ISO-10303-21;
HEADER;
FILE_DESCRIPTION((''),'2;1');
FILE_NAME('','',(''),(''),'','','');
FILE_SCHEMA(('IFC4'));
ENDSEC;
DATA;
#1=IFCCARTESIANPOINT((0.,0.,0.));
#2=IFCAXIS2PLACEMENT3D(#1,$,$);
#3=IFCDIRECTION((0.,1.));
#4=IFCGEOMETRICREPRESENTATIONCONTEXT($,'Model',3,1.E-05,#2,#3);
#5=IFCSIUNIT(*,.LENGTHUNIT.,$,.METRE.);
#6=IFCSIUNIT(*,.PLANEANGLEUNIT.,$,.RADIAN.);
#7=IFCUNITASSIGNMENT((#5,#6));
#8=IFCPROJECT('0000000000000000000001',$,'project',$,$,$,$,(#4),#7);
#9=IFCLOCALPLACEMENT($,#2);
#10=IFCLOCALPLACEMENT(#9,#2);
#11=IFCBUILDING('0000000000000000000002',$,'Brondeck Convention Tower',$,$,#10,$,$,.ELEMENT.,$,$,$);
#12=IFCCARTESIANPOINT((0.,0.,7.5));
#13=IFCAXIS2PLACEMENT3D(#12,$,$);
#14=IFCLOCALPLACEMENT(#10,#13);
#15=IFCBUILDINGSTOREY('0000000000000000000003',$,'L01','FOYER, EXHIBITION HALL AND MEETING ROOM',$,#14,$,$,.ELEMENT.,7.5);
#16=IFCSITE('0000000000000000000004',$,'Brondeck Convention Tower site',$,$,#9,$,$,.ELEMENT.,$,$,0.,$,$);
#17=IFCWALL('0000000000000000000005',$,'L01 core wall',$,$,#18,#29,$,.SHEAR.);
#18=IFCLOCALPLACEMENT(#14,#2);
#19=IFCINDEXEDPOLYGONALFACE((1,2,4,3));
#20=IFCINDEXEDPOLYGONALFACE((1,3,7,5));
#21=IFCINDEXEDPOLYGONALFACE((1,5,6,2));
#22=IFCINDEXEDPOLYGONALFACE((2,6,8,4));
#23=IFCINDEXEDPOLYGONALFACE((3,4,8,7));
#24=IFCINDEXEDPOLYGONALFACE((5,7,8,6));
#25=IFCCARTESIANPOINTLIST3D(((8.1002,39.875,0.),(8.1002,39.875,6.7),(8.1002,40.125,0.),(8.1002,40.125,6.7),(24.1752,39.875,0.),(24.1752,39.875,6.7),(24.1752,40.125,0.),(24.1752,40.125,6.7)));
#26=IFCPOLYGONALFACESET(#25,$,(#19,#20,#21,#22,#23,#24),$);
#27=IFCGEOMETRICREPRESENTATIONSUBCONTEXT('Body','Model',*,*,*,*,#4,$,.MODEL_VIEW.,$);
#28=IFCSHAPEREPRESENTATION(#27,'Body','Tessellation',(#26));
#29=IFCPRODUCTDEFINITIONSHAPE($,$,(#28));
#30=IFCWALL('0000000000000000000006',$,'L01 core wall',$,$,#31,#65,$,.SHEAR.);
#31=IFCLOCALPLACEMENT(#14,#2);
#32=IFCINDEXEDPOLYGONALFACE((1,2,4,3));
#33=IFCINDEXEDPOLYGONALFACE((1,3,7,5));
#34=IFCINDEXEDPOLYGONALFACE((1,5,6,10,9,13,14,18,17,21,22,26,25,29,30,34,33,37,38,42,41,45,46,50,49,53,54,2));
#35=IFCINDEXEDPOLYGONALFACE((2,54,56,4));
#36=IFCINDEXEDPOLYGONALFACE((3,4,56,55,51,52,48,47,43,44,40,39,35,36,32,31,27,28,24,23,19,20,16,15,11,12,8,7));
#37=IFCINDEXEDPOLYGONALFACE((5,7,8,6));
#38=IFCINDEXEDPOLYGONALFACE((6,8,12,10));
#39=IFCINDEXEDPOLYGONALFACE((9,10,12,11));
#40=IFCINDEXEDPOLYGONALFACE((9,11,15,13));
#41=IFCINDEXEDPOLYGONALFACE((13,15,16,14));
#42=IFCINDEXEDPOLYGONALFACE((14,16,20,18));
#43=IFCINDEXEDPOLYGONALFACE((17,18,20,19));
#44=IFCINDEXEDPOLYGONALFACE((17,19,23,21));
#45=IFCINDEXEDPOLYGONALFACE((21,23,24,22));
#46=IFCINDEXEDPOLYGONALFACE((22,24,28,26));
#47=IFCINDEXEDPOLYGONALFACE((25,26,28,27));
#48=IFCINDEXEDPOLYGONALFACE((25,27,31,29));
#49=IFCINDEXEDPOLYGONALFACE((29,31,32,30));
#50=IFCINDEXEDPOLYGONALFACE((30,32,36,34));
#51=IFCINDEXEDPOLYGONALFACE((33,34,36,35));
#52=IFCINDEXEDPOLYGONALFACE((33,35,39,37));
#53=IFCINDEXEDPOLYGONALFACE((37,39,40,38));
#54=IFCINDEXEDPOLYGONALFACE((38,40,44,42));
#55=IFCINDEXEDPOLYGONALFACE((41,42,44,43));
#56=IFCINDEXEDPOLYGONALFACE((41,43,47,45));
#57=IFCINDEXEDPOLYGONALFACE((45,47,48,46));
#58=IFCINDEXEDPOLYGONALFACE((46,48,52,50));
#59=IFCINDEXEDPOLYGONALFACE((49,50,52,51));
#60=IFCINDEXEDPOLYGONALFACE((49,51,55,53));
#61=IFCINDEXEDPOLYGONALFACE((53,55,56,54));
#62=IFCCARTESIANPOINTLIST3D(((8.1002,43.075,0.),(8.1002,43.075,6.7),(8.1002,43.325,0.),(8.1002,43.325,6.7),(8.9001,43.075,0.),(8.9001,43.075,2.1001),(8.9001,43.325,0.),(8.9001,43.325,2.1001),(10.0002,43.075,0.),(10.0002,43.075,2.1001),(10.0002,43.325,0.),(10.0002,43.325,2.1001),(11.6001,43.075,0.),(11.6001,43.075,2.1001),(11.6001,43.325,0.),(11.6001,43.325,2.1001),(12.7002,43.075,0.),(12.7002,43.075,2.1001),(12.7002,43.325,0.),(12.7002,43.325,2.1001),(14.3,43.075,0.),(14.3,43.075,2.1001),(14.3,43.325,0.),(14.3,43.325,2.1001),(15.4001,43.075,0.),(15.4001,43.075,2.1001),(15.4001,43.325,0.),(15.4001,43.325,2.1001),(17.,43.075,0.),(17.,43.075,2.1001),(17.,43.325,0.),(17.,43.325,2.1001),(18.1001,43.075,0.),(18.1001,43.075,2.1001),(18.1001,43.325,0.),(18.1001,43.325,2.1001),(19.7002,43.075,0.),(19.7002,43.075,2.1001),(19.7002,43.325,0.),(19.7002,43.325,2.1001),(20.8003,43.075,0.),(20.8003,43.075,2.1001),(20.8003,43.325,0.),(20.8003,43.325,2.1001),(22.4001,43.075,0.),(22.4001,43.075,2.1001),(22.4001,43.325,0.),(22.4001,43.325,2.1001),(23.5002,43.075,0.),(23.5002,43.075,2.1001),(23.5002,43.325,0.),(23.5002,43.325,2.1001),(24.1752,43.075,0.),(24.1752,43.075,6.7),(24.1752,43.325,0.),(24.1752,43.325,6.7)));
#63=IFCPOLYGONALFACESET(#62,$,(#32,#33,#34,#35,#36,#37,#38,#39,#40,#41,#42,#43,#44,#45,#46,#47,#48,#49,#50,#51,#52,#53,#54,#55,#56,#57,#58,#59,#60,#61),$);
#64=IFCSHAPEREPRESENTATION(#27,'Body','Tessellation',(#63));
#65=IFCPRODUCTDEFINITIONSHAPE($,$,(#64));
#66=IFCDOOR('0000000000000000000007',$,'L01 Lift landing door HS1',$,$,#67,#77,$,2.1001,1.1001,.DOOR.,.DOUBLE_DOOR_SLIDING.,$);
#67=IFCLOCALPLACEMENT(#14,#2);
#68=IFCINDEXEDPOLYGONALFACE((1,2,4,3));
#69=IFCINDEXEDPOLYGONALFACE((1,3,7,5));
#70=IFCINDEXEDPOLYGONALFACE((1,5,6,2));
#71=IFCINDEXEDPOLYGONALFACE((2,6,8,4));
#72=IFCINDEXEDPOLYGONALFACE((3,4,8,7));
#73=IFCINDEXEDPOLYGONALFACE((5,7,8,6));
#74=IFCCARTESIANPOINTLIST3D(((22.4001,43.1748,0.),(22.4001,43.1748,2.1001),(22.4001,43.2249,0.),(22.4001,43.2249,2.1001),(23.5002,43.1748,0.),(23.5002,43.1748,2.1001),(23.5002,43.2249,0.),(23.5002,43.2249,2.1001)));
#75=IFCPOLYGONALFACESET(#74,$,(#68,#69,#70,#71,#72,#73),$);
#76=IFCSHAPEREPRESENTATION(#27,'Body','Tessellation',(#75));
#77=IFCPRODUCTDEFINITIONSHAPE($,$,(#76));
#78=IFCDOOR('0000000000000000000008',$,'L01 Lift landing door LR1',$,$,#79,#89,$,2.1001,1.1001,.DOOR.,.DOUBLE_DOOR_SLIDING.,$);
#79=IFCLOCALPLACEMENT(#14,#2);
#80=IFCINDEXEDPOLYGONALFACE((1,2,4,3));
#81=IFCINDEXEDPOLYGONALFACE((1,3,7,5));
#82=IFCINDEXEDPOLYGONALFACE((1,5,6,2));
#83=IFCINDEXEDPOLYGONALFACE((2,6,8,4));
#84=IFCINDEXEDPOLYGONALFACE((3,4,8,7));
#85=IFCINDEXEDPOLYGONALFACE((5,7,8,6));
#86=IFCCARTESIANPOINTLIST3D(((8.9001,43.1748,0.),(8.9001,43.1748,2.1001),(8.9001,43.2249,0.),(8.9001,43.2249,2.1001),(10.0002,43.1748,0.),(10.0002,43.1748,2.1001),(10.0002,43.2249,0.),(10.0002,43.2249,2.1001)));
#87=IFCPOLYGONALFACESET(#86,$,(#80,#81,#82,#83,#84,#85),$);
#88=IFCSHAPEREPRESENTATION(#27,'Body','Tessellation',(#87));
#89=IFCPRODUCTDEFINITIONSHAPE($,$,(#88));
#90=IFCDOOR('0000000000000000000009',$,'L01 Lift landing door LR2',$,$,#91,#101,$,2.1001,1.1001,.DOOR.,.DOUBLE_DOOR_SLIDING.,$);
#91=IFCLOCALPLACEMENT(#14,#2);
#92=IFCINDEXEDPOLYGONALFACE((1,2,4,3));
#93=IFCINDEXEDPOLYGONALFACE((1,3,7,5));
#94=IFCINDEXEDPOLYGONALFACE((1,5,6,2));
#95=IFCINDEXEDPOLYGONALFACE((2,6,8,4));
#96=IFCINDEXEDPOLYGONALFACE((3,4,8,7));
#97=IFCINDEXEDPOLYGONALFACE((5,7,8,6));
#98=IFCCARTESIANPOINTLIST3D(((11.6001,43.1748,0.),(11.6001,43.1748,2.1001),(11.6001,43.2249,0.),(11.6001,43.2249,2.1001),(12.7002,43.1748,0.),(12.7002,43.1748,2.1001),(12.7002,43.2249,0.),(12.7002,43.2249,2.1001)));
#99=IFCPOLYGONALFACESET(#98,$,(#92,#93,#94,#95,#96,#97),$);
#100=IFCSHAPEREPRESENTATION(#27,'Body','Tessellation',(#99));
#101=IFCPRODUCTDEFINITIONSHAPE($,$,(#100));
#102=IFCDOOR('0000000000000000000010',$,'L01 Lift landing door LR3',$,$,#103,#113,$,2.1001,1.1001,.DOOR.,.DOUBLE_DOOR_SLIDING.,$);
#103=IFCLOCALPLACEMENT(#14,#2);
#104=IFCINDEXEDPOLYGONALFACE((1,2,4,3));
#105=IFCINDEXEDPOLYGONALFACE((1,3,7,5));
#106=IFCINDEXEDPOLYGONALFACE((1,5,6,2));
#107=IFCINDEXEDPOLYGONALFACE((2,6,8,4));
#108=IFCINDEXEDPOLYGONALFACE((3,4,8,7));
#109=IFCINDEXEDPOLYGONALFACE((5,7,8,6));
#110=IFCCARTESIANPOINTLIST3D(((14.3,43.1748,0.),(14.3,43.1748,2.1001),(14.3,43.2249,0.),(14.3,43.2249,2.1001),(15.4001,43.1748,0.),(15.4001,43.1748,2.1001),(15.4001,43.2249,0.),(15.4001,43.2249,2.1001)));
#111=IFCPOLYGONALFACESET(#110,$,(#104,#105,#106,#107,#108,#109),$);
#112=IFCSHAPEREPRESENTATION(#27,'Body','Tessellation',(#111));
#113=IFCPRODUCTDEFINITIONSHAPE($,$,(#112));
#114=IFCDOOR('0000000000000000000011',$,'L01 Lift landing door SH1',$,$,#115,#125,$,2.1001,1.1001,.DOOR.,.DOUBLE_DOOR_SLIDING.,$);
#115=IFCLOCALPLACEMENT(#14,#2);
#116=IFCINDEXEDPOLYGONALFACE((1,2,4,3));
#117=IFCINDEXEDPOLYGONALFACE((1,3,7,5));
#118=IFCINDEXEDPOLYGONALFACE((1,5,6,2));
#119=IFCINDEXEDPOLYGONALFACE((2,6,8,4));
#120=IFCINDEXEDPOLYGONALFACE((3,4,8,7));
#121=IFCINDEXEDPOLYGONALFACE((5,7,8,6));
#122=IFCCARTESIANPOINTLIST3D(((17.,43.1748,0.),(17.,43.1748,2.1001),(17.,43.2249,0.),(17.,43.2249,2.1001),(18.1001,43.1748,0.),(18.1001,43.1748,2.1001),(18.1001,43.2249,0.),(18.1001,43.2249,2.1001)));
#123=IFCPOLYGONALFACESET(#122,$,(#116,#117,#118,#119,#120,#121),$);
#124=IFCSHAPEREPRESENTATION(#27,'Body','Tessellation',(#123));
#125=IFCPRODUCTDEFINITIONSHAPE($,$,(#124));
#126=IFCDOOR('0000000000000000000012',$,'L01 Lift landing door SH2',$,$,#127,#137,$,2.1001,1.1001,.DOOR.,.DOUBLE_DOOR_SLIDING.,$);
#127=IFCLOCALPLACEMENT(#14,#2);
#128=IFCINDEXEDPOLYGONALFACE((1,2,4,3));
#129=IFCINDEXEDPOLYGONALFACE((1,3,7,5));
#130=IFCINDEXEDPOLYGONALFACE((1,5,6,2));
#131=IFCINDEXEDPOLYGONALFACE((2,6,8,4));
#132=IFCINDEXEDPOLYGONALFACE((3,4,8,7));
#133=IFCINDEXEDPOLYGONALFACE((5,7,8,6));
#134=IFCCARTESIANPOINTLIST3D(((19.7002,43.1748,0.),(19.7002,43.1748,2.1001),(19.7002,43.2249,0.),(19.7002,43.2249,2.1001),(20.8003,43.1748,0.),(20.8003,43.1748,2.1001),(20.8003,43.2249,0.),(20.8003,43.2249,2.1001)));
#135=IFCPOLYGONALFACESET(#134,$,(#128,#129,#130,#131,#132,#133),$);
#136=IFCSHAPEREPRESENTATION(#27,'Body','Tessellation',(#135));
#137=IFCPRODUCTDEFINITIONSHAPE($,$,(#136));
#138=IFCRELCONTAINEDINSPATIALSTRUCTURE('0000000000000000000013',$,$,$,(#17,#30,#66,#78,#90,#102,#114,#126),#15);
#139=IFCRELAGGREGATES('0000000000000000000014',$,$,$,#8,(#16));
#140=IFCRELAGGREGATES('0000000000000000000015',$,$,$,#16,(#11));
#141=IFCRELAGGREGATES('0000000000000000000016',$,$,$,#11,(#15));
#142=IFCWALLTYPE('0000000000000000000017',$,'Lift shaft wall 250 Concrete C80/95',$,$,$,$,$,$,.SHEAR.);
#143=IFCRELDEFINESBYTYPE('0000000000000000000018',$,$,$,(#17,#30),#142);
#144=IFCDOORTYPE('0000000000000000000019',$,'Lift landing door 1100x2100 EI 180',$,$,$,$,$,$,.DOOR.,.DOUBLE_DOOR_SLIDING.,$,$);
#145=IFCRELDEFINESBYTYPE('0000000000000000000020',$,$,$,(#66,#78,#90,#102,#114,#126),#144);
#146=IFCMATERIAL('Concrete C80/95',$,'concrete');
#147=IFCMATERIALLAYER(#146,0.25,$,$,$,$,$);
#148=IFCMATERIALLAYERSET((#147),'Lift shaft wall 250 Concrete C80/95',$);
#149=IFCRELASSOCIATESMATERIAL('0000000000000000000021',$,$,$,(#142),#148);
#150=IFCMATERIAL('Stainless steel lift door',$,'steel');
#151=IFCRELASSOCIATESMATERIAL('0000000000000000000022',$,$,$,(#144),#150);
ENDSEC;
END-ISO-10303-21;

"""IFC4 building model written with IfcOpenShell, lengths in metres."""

from ifc_helpers import new_model, si_unit, direction, frame, frame_2d, origin, place, context, subcontext, project, spatial, rectangle, extrude, material, layer, layer_set, type_object, element, fill, save


model = new_model("IFC4")

# Units and contexts
model_context = context("Model", 3, precision=1e-05, world=origin(), true_north=direction((0.0, 1.0)))
body_context = subcontext(model_context, "Body", "Model", "MODEL_VIEW")
ifc_project = project(units=[si_unit("LENGTHUNIT", "METRE"), si_unit("PLANEANGLEUNIT", "RADIAN")], contexts=[model_context])

# Site, building, storey
site_placement = place(None, origin())
site = spatial("IfcSite", under=ifc_project, at=site_placement, Name="Brondeck Convention Tower site", CompositionType="ELEMENT", RefElevation=0.0)
building_placement = place(site_placement, origin())
building = spatial("IfcBuilding", under=site, at=building_placement, Name="Brondeck Convention Tower", CompositionType="ELEMENT")
storey_placement = place(building_placement, frame((0.0, 0.0, 7.5)))
storey = spatial("IfcBuildingStorey", under=building, at=storey_placement, Name="L01", Description="FOYER, EXHIBITION HALL AND MEETING ROOM", CompositionType="ELEMENT", Elevation=7.5)

# Wall
ifc_material_1 = material(Name="Concrete C80/95", Category="concrete")
ifc_layer_1 = layer(ifc_material_1, 0.25)
ifc_layer_set_1 = layer_set([ifc_layer_1], Name="Lift shaft wall 250 Concrete C80/95")
wall_type_1 = type_object("IfcWallType", Name="Lift shaft wall 250 Concrete C80/95", PredefinedType="SHEAR", material=ifc_layer_set_1)
wall_1_placement = place(storey_placement, frame((8.1001, 40.0, 0.0), z_axis=(0.0, 0.0, 1.0), x_axis=(1.0, 0.0, 0.0)))
element("IfcWall", 1, at=wall_1_placement, inside=storey, type_object=wall_type_1, Name="L01 core wall", PredefinedType="SHEAR", context=body_context, shape_type="SweptSolid", body=[
    extrude(rectangle(XDim=16.075, YDim=0.25, at=frame_2d((8.0376, 0.0))), origin(), (0.0, 0.0, 1.0), 6.7),
])

# Wall, openings, doors
wall_2_placement = place(storey_placement, frame((8.1001, 43.2, 0.0), z_axis=(0.0, 0.0, 1.0), x_axis=(1.0, 0.0, 0.0)))
wall_2 = element("IfcWall", 2, at=wall_2_placement, inside=storey, type_object=wall_type_1, Name="L01 core wall", PredefinedType="SHEAR", context=body_context, shape_type="SweptSolid", body=[
    extrude(rectangle(XDim=16.075, YDim=0.25, at=frame_2d((8.0376, 0.0))), origin(), (0.0, 0.0, 1.0), 6.7),
])
opening_1_placement = place(wall_2_placement, frame((14.3, 0.0, 0.0)))
opening_1 = element("IfcOpeningElement", 3, at=opening_1_placement, cuts=wall_2, PredefinedType="OPENING", context=body_context, shape_type="SweptSolid", body=[
    extrude(rectangle(XDim=1.1001, YDim=2.1001, at=frame_2d((0.55, 1.05))), frame((0.0, 0.135, 0.0), z_axis=(0.0, -1.0, 0.0), x_axis=(1.0, 0.0, 0.0)), (0.0, 0.0, 1.0), 0.27),
])
opening_2_placement = place(wall_2_placement, frame((0.8, 0.0, 0.0)))
opening_2 = element("IfcOpeningElement", 4, at=opening_2_placement, cuts=wall_2, PredefinedType="OPENING", context=body_context, shape_type="SweptSolid", body=[
    extrude(rectangle(XDim=1.1001, YDim=2.1001, at=frame_2d((0.55, 1.05))), frame((0.0, 0.135, 0.0), z_axis=(0.0, -1.0, 0.0), x_axis=(1.0, 0.0, 0.0)), (0.0, 0.0, 1.0), 0.27),
])
opening_3_placement = place(wall_2_placement, frame((3.5, 0.0, 0.0)))
opening_3 = element("IfcOpeningElement", 5, at=opening_3_placement, cuts=wall_2, PredefinedType="OPENING", context=body_context, shape_type="SweptSolid", body=[
    extrude(rectangle(XDim=1.1001, YDim=2.1001, at=frame_2d((0.55, 1.05))), frame((0.0, 0.135, 0.0), z_axis=(0.0, -1.0, 0.0), x_axis=(1.0, 0.0, 0.0)), (0.0, 0.0, 1.0), 0.27),
])
opening_4_placement = place(wall_2_placement, frame((6.2, 0.0, 0.0)))
opening_4 = element("IfcOpeningElement", 6, at=opening_4_placement, cuts=wall_2, PredefinedType="OPENING", context=body_context, shape_type="SweptSolid", body=[
    extrude(rectangle(XDim=1.1001, YDim=2.1001, at=frame_2d((0.55, 1.05))), frame((0.0, 0.135, 0.0), z_axis=(0.0, -1.0, 0.0), x_axis=(1.0, 0.0, 0.0)), (0.0, 0.0, 1.0), 0.27),
])
opening_5_placement = place(wall_2_placement, frame((8.8999, 0.0, 0.0)))
opening_5 = element("IfcOpeningElement", 7, at=opening_5_placement, cuts=wall_2, PredefinedType="OPENING", context=body_context, shape_type="SweptSolid", body=[
    extrude(rectangle(XDim=1.1001, YDim=2.1001, at=frame_2d((0.55, 1.05))), frame((0.0, 0.135, 0.0), z_axis=(0.0, -1.0, 0.0), x_axis=(1.0, 0.0, 0.0)), (0.0, 0.0, 1.0), 0.27),
])
opening_6_placement = place(wall_2_placement, frame((11.6001, 0.0, 0.0)))
opening_6 = element("IfcOpeningElement", 8, at=opening_6_placement, cuts=wall_2, PredefinedType="OPENING", context=body_context, shape_type="SweptSolid", body=[
    extrude(rectangle(XDim=1.1001, YDim=2.1001, at=frame_2d((0.55, 1.05))), frame((0.0, 0.135, 0.0), z_axis=(0.0, -1.0, 0.0), x_axis=(1.0, 0.0, 0.0)), (0.0, 0.0, 1.0), 0.27),
])
ifc_material_2 = material(Name="Stainless steel lift door", Category="steel")
door_type_1 = type_object("IfcDoorType", Name="Lift landing door 1100x2100 EI 180", OperationType="DOUBLE_DOOR_SLIDING", PredefinedType="DOOR", material=ifc_material_2)
door_1_placement = place(opening_1_placement, origin())
door_1 = element("IfcDoor", 9, at=door_1_placement, inside=storey, type_object=door_type_1, Name="L01 Lift landing door HS1", OperationType="DOUBLE_DOOR_SLIDING", OverallHeight=2.1001, OverallWidth=1.1001, PredefinedType="DOOR", context=body_context, shape_type="SweptSolid", body=[
    extrude(rectangle(XDim=1.1001, YDim=2.1001, at=frame_2d((0.55, 1.05))), frame((0.0, 0.0249, 0.0), z_axis=(0.0, -1.0, 0.0), x_axis=(1.0, 0.0, 0.0)), (0.0, 0.0, 1.0), 0.05),
])
fill(opening_1, door_1)
door_2_placement = place(opening_2_placement, origin())
door_2 = element("IfcDoor", 10, at=door_2_placement, inside=storey, type_object=door_type_1, Name="L01 Lift landing door LR1", OperationType="DOUBLE_DOOR_SLIDING", OverallHeight=2.1001, OverallWidth=1.1001, PredefinedType="DOOR", context=body_context, shape_type="SweptSolid", body=[
    extrude(rectangle(XDim=1.1001, YDim=2.1001, at=frame_2d((0.55, 1.05))), frame((0.0, 0.0249, 0.0), z_axis=(0.0, -1.0, 0.0), x_axis=(1.0, 0.0, 0.0)), (0.0, 0.0, 1.0), 0.05),
])
fill(opening_2, door_2)
door_3_placement = place(opening_3_placement, origin())
door_3 = element("IfcDoor", 11, at=door_3_placement, inside=storey, type_object=door_type_1, Name="L01 Lift landing door LR2", OperationType="DOUBLE_DOOR_SLIDING", OverallHeight=2.1001, OverallWidth=1.1001, PredefinedType="DOOR", context=body_context, shape_type="SweptSolid", body=[
    extrude(rectangle(XDim=1.1001, YDim=2.1001, at=frame_2d((0.55, 1.05))), frame((0.0, 0.0249, 0.0), z_axis=(0.0, -1.0, 0.0), x_axis=(1.0, 0.0, 0.0)), (0.0, 0.0, 1.0), 0.05),
])
fill(opening_3, door_3)
door_4_placement = place(opening_4_placement, origin())
door_4 = element("IfcDoor", 12, at=door_4_placement, inside=storey, type_object=door_type_1, Name="L01 Lift landing door LR3", OperationType="DOUBLE_DOOR_SLIDING", OverallHeight=2.1001, OverallWidth=1.1001, PredefinedType="DOOR", context=body_context, shape_type="SweptSolid", body=[
    extrude(rectangle(XDim=1.1001, YDim=2.1001, at=frame_2d((0.55, 1.05))), frame((0.0, 0.0249, 0.0), z_axis=(0.0, -1.0, 0.0), x_axis=(1.0, 0.0, 0.0)), (0.0, 0.0, 1.0), 0.05),
])
fill(opening_4, door_4)
door_5_placement = place(opening_5_placement, origin())
door_5 = element("IfcDoor", 13, at=door_5_placement, inside=storey, type_object=door_type_1, Name="L01 Lift landing door SH1", OperationType="DOUBLE_DOOR_SLIDING", OverallHeight=2.1001, OverallWidth=1.1001, PredefinedType="DOOR", context=body_context, shape_type="SweptSolid", body=[
    extrude(rectangle(XDim=1.1001, YDim=2.1001, at=frame_2d((0.55, 1.05))), frame((0.0, 0.0249, 0.0), z_axis=(0.0, -1.0, 0.0), x_axis=(1.0, 0.0, 0.0)), (0.0, 0.0, 1.0), 0.05),
])
fill(opening_5, door_5)
door_6_placement = place(opening_6_placement, origin())
door_6 = element("IfcDoor", 14, at=door_6_placement, inside=storey, type_object=door_type_1, Name="L01 Lift landing door SH2", OperationType="DOUBLE_DOOR_SLIDING", OverallHeight=2.1001, OverallWidth=1.1001, PredefinedType="DOOR", context=body_context, shape_type="SweptSolid", body=[
    extrude(rectangle(XDim=1.1001, YDim=2.1001, at=frame_2d((0.55, 1.05))), frame((0.0, 0.0249, 0.0), z_axis=(0.0, -1.0, 0.0), x_axis=(1.0, 0.0, 0.0)), (0.0, 0.0, 1.0), 0.05),
])
fill(opening_6, door_6)

save(model, "model.ifc")
